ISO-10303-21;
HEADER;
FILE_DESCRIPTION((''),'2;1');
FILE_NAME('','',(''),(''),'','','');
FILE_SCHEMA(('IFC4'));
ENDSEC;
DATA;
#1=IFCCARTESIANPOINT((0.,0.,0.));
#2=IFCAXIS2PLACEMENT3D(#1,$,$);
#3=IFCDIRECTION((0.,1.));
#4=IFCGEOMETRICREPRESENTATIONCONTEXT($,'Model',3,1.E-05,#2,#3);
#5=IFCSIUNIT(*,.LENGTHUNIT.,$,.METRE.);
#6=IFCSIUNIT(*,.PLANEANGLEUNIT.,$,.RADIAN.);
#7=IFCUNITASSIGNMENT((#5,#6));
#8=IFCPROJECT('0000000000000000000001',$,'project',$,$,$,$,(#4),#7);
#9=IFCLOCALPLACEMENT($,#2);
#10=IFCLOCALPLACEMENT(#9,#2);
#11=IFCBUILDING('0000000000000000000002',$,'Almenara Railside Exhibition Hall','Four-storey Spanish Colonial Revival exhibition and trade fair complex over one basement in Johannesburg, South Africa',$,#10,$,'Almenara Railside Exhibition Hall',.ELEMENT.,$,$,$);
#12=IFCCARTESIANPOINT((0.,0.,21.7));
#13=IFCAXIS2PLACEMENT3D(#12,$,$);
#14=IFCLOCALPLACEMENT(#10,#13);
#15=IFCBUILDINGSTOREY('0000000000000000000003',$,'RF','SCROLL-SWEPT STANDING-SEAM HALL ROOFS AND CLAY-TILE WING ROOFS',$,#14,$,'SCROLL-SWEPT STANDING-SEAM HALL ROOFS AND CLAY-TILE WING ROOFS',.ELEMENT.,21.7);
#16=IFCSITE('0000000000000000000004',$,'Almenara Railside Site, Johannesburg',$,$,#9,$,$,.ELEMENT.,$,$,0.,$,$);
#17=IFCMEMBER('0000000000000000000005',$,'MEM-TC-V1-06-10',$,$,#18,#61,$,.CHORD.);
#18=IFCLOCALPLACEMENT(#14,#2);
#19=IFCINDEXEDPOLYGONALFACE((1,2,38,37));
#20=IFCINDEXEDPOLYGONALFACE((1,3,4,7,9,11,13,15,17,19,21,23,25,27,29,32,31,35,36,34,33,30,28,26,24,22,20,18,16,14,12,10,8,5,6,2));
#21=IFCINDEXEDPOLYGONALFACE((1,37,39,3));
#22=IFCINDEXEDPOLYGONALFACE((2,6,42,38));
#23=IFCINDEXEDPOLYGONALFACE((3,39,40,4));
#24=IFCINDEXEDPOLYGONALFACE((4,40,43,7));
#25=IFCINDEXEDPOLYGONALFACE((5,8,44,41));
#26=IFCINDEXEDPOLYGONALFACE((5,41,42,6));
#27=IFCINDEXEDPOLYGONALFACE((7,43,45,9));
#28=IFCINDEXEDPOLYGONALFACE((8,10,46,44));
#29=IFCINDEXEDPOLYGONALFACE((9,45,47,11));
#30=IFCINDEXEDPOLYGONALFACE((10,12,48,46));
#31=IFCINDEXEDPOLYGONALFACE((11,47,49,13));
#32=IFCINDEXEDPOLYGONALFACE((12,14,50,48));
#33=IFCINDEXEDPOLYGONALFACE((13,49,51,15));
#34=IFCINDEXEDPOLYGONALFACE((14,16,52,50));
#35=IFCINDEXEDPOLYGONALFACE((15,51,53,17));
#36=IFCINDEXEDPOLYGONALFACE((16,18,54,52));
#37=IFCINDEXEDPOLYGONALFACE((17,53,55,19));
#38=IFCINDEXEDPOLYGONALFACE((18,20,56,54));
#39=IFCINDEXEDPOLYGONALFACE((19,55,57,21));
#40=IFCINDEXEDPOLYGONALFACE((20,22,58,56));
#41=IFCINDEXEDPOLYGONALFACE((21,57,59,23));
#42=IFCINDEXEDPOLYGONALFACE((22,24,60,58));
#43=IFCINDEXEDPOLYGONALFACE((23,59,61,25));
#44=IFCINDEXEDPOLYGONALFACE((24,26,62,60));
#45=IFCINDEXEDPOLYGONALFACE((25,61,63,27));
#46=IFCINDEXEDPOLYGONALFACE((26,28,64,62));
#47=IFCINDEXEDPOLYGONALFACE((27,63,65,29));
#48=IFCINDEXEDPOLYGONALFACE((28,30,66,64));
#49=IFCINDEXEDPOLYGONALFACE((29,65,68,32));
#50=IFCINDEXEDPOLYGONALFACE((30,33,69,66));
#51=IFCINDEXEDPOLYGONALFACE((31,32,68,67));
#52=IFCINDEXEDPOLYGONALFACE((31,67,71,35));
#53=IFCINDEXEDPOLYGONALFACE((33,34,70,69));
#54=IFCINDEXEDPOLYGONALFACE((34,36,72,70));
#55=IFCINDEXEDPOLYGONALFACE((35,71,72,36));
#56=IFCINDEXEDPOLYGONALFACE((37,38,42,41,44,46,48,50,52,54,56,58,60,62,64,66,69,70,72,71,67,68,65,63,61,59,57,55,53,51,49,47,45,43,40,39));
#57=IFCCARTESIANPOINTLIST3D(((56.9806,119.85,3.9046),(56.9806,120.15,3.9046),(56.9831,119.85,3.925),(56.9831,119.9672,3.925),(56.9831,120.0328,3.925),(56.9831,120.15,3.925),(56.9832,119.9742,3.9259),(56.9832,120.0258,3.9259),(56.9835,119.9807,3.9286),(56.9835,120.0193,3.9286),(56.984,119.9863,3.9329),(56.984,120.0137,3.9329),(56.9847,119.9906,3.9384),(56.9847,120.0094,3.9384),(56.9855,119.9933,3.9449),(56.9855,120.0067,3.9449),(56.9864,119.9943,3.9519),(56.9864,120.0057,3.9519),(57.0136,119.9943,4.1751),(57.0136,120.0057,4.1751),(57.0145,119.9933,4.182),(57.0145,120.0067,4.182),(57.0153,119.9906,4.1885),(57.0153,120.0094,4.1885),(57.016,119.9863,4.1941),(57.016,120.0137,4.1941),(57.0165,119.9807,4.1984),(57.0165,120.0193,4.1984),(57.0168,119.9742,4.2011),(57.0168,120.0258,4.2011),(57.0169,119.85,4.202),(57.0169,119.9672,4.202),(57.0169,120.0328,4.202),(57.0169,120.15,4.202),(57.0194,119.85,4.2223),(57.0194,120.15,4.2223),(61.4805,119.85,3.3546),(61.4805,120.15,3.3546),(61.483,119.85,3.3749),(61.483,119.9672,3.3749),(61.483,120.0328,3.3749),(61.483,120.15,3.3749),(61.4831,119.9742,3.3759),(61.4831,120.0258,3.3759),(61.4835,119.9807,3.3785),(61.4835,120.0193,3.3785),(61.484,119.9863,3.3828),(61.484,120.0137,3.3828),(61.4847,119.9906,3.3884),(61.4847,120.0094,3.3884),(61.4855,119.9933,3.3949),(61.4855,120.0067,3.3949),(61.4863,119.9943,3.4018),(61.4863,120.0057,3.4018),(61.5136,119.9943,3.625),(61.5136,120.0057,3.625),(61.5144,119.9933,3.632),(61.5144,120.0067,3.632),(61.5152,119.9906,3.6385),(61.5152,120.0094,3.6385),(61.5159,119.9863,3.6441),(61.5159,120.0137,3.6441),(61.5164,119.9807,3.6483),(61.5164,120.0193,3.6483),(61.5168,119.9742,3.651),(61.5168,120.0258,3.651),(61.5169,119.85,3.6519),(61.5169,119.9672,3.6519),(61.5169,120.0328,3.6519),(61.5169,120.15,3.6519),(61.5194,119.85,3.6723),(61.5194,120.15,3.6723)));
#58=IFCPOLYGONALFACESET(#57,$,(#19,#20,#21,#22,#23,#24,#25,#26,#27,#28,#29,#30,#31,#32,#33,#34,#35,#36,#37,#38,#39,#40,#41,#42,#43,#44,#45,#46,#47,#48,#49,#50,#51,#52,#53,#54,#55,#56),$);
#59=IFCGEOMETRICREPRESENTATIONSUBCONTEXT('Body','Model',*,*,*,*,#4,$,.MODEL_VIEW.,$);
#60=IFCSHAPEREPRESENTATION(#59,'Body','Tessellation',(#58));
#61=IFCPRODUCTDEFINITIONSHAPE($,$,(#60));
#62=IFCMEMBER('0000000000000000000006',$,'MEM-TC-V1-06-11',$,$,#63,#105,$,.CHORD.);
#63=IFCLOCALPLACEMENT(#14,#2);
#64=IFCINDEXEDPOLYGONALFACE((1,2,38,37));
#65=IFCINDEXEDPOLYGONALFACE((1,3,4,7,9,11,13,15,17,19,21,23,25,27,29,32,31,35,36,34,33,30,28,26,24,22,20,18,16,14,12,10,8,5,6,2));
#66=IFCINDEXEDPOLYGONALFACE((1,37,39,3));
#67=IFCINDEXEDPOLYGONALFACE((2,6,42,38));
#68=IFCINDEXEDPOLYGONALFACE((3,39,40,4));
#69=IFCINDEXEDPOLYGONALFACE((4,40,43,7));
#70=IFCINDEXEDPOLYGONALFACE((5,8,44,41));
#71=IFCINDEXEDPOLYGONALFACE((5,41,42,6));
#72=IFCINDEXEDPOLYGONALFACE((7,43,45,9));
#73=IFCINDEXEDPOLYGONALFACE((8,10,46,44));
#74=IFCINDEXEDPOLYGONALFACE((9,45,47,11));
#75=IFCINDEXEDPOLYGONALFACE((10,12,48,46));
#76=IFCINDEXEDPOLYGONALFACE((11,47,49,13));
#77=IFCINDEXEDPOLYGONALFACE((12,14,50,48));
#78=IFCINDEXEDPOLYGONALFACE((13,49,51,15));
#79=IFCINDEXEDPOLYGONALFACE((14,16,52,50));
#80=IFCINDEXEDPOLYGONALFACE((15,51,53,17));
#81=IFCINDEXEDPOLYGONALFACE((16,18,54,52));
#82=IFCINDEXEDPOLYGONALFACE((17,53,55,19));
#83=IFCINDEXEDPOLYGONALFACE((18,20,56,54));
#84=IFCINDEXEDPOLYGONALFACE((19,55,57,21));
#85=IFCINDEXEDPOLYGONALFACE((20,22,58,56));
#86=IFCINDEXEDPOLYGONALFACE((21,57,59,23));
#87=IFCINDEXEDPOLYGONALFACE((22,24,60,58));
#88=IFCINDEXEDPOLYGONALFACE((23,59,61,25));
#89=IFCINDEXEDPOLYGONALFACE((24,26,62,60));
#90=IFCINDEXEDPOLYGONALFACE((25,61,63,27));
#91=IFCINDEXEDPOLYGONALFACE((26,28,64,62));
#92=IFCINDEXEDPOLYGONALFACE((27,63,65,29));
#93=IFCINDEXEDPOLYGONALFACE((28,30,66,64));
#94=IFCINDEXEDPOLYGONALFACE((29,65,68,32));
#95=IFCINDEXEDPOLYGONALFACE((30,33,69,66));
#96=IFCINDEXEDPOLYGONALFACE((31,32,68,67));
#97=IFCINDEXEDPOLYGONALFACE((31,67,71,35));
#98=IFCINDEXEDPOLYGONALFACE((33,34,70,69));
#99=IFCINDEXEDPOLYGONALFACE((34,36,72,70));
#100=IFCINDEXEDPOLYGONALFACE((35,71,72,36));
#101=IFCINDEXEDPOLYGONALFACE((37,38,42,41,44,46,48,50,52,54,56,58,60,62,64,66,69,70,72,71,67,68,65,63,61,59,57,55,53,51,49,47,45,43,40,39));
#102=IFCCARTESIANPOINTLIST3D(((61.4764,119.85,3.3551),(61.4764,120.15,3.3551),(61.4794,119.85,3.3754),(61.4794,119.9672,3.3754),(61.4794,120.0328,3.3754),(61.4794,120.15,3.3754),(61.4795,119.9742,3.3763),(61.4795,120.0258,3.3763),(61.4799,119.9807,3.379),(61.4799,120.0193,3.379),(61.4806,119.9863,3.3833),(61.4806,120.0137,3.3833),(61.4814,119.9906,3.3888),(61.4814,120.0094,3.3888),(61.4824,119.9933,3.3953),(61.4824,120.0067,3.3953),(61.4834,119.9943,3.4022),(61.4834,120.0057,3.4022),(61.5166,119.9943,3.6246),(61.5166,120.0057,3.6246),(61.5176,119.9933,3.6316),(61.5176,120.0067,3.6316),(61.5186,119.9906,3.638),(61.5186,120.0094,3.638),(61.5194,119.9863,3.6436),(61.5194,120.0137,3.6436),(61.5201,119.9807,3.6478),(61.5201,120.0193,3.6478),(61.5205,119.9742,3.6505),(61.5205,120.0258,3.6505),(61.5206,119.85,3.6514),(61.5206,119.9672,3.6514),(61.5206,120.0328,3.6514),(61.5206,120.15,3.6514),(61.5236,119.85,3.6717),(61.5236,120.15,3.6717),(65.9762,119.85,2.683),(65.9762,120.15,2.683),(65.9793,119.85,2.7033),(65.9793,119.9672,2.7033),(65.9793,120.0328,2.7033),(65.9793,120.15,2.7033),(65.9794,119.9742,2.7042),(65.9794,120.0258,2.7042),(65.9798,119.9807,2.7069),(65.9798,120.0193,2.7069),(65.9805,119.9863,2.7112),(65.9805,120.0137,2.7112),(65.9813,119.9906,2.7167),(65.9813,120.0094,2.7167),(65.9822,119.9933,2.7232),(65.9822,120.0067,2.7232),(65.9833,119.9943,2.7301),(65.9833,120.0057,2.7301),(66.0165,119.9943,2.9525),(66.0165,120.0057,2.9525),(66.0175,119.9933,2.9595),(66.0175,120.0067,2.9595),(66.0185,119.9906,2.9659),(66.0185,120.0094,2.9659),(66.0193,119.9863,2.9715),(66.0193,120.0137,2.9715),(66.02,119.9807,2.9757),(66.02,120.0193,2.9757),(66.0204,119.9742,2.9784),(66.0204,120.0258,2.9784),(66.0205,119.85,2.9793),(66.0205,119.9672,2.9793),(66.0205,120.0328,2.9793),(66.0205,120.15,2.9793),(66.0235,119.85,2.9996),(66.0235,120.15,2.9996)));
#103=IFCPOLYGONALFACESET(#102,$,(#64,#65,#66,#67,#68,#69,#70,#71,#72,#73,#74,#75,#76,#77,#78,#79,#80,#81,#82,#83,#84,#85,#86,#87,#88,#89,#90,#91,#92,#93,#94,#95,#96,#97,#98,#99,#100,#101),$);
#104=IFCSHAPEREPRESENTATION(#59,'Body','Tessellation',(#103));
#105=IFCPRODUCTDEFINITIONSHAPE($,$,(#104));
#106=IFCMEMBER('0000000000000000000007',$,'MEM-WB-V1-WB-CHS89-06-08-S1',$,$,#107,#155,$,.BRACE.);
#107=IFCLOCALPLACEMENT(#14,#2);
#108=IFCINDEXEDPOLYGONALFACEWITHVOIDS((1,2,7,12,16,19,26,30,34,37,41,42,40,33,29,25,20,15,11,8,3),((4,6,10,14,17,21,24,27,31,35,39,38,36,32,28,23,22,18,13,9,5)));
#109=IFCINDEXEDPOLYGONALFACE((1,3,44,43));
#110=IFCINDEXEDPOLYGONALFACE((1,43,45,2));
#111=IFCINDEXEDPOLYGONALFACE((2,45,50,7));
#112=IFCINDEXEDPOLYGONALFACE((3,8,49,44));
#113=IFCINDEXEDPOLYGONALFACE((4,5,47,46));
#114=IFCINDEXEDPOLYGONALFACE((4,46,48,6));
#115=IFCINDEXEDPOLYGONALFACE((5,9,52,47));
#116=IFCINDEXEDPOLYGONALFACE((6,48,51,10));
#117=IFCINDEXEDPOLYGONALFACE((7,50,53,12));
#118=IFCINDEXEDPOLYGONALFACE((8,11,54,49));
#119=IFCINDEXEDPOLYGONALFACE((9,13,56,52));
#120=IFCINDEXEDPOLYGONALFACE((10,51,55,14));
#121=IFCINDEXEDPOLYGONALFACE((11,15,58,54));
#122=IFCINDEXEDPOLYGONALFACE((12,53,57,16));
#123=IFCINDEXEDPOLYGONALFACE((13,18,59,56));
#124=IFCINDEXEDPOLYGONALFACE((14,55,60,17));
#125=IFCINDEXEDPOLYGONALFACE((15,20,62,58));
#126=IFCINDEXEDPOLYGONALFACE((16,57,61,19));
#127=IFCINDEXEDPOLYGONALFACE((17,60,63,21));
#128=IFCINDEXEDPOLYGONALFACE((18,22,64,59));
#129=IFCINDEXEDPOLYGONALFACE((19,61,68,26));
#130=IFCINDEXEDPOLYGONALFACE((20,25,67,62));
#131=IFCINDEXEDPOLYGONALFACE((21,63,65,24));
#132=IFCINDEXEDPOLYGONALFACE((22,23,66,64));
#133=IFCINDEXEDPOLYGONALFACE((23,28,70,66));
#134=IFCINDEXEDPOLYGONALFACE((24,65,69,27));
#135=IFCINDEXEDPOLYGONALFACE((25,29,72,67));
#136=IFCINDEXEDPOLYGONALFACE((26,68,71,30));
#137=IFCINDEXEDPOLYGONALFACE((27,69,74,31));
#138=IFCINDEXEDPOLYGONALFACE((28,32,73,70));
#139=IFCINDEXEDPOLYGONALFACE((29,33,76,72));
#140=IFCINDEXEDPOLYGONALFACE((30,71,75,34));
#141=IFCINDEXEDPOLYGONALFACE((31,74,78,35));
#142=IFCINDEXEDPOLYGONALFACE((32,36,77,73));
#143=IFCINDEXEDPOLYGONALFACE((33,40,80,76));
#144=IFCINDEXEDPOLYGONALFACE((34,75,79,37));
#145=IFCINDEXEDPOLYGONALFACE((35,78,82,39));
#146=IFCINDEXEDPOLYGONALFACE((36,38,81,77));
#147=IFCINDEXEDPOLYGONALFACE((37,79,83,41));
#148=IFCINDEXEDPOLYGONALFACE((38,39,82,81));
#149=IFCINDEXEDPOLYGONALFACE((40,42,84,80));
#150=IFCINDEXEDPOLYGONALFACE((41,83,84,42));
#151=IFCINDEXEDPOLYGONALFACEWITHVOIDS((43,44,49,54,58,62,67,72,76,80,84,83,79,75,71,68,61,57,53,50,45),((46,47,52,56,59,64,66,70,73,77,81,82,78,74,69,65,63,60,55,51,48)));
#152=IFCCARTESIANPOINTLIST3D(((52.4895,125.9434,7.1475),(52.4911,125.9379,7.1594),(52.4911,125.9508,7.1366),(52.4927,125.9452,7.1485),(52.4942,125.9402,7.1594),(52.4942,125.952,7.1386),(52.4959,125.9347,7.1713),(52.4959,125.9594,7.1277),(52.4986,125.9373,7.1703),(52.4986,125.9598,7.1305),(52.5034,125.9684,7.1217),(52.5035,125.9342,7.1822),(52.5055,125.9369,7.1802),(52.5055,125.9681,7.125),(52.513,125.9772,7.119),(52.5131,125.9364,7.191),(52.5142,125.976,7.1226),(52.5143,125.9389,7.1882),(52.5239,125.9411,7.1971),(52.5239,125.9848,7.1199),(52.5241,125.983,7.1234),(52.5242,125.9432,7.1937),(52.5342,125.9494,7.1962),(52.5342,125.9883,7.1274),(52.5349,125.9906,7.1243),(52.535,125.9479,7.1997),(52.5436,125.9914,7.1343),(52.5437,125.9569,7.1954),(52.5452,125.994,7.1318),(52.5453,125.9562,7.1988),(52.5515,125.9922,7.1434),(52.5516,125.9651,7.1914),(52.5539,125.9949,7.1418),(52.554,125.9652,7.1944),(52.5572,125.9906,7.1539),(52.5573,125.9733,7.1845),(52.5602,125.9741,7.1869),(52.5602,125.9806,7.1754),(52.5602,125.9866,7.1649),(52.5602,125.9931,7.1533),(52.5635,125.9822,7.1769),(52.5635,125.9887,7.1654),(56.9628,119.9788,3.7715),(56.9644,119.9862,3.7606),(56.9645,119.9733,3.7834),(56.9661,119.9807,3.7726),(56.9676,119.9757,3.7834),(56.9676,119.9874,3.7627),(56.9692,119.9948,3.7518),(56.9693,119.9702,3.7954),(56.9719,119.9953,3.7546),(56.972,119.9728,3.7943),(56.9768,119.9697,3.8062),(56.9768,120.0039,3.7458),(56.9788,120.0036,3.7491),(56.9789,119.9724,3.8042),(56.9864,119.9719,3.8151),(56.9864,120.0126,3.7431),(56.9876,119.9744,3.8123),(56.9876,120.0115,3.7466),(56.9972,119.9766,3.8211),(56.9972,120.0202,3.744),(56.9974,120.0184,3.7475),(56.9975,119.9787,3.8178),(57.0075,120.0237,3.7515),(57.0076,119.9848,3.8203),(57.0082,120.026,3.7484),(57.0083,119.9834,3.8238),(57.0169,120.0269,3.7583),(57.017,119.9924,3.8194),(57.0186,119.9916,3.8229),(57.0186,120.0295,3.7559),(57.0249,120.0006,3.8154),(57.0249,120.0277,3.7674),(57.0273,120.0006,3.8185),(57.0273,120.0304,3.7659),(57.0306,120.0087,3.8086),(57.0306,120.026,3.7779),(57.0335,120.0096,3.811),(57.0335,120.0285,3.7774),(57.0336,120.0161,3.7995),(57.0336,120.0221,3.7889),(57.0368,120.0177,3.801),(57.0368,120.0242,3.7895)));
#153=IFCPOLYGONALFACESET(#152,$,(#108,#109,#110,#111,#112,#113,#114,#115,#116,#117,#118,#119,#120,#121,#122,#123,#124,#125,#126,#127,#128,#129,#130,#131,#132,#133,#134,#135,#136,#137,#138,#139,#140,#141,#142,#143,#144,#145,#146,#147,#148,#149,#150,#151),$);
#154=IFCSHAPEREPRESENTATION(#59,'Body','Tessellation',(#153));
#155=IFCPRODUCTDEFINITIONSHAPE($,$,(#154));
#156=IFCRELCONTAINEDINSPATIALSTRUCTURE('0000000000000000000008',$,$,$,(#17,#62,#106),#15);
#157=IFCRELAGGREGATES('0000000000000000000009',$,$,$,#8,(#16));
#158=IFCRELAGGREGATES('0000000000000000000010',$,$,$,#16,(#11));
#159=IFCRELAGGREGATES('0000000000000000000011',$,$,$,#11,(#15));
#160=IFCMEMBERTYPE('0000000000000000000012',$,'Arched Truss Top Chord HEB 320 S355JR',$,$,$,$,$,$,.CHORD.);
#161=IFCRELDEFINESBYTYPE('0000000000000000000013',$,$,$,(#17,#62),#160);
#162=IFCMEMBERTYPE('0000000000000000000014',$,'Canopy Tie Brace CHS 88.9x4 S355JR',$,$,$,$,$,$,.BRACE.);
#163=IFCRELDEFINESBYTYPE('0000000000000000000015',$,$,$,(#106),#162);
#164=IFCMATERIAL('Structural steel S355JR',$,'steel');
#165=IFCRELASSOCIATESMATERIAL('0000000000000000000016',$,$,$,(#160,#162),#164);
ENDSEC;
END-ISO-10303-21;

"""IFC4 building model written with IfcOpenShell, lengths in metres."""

from ifc_helpers import new_model, si_unit, direction, frame, origin, origin_2d, place, context, subcontext, project, spatial, hollow_circle, i_section, extrude, material, material_profile, profile_set, type_object, element, save


model = new_model("IFC4")

# Units and contexts
model_context = context("Model", 3, precision=1e-05, world=origin(), true_north=direction((0.0, 1.0)))
body_context = subcontext(model_context, "Body", "Model", "MODEL_VIEW")
ifc_project = project(units=[si_unit("LENGTHUNIT", "METRE"), si_unit("PLANEANGLEUNIT", "RADIAN")], contexts=[model_context])

# Site, building, storey
site_placement = place(None, origin())
site = spatial("IfcSite", under=ifc_project, at=site_placement, Name="Almenara Railside Site, Johannesburg", CompositionType="ELEMENT", RefElevation=0.0)
building_placement = place(site_placement, origin())
building = spatial("IfcBuilding", under=site, at=building_placement, Name="Almenara Railside Exhibition Hall", Description="Four-storey Spanish Colonial Revival exhibition and trade fair complex over one basement in Johannesburg, South Africa", LongName="Almenara Railside Exhibition Hall", CompositionType="ELEMENT")
storey_placement = place(building_placement, frame((0.0, 0.0, 21.7)))
storey = spatial("IfcBuildingStorey", under=building, at=storey_placement, Name="RF", Description="SCROLL-SWEPT STANDING-SEAM HALL ROOFS AND CLAY-TILE WING ROOFS", LongName="SCROLL-SWEPT STANDING-SEAM HALL ROOFS AND CLAY-TILE WING ROOFS", CompositionType="ELEMENT", Elevation=21.7)

# Members
ifc_material_1 = material(Name="Structural steel S355JR", Category="steel")
ifc_material_profile_1 = material_profile(ifc_material_1, i_section(OverallWidth=0.3, OverallDepth=0.3201, WebThickness=0.0115, FlangeThickness=0.0205, FilletRadius=0.0271, at=origin_2d()), Name="HEB 320")
ifc_profile_set_1 = profile_set([ifc_material_profile_1], Name="Structural steel S355JR")
member_type_1 = type_object("IfcMemberType", Name="Arched Truss Top Chord HEB 320 S355JR", PredefinedType="CHORD", material=ifc_profile_set_1)
member_1_placement = place(storey_placement, frame((57.0, 120.0, 4.0635), z_axis=(0.992612, 0.0, -0.12133), x_axis=(0.0, 1.0, 0.0)))
element("IfcMember", 1, at=member_1_placement, inside=storey, type_object=member_type_1, Name="MEM-TC-V1-06-10", PredefinedType="CHORD", context=body_context, shape_type="SweptSolid", body=[
    extrude(i_section(OverallWidth=0.3, OverallDepth=0.3201, WebThickness=0.0115, FlangeThickness=0.0205, FilletRadius=0.0271, at=origin_2d()), origin(), (0.0, 0.0, 1.0), 4.5334),
])
member_2_placement = place(storey_placement, frame((61.5, 120.0, 3.5134), z_axis=(0.989029, 0.0, -0.147721), x_axis=(0.0, 1.0, 0.0)))
element("IfcMember", 2, at=member_2_placement, inside=storey, type_object=member_type_1, Name="MEM-TC-V1-06-11", PredefinedType="CHORD", context=body_context, shape_type="SweptSolid", body=[
    extrude(i_section(OverallWidth=0.3, OverallDepth=0.3201, WebThickness=0.0115, FlangeThickness=0.0205, FilletRadius=0.0271, at=origin_2d()), origin(), (0.0, 0.0, 1.0), 4.5498),
])
ifc_material_profile_2 = material_profile(ifc_material_1, hollow_circle(Radius=0.0444, WallThickness=0.0039, at=origin_2d()), Name="CHS 88.9x4")
ifc_profile_set_2 = profile_set([ifc_material_profile_2], Name="Structural steel S355JR")
member_type_2 = type_object("IfcMemberType", Name="Canopy Tie Brace CHS 88.9x4 S355JR", PredefinedType="BRACE", material=ifc_profile_set_2)
member_3_placement = place(storey_placement, frame((57.0, 120.0, 3.7834), z_axis=(-0.546573, 0.728774, 0.412488), x_axis=(-0.800004, -0.599995, 0.0)))
element("IfcMember", 3, at=member_3_placement, inside=storey, type_object=member_type_2, Name="MEM-WB-V1-WB-CHS89-06-08-S1", PredefinedType="BRACE", context=body_context, shape_type="SweptSolid", body=[
    extrude(hollow_circle(Radius=0.0444, WallThickness=0.0039, at=origin_2d()), origin(), (0.0, 0.0, 1.0), 8.1843),
])

save(model, "model.ifc")
